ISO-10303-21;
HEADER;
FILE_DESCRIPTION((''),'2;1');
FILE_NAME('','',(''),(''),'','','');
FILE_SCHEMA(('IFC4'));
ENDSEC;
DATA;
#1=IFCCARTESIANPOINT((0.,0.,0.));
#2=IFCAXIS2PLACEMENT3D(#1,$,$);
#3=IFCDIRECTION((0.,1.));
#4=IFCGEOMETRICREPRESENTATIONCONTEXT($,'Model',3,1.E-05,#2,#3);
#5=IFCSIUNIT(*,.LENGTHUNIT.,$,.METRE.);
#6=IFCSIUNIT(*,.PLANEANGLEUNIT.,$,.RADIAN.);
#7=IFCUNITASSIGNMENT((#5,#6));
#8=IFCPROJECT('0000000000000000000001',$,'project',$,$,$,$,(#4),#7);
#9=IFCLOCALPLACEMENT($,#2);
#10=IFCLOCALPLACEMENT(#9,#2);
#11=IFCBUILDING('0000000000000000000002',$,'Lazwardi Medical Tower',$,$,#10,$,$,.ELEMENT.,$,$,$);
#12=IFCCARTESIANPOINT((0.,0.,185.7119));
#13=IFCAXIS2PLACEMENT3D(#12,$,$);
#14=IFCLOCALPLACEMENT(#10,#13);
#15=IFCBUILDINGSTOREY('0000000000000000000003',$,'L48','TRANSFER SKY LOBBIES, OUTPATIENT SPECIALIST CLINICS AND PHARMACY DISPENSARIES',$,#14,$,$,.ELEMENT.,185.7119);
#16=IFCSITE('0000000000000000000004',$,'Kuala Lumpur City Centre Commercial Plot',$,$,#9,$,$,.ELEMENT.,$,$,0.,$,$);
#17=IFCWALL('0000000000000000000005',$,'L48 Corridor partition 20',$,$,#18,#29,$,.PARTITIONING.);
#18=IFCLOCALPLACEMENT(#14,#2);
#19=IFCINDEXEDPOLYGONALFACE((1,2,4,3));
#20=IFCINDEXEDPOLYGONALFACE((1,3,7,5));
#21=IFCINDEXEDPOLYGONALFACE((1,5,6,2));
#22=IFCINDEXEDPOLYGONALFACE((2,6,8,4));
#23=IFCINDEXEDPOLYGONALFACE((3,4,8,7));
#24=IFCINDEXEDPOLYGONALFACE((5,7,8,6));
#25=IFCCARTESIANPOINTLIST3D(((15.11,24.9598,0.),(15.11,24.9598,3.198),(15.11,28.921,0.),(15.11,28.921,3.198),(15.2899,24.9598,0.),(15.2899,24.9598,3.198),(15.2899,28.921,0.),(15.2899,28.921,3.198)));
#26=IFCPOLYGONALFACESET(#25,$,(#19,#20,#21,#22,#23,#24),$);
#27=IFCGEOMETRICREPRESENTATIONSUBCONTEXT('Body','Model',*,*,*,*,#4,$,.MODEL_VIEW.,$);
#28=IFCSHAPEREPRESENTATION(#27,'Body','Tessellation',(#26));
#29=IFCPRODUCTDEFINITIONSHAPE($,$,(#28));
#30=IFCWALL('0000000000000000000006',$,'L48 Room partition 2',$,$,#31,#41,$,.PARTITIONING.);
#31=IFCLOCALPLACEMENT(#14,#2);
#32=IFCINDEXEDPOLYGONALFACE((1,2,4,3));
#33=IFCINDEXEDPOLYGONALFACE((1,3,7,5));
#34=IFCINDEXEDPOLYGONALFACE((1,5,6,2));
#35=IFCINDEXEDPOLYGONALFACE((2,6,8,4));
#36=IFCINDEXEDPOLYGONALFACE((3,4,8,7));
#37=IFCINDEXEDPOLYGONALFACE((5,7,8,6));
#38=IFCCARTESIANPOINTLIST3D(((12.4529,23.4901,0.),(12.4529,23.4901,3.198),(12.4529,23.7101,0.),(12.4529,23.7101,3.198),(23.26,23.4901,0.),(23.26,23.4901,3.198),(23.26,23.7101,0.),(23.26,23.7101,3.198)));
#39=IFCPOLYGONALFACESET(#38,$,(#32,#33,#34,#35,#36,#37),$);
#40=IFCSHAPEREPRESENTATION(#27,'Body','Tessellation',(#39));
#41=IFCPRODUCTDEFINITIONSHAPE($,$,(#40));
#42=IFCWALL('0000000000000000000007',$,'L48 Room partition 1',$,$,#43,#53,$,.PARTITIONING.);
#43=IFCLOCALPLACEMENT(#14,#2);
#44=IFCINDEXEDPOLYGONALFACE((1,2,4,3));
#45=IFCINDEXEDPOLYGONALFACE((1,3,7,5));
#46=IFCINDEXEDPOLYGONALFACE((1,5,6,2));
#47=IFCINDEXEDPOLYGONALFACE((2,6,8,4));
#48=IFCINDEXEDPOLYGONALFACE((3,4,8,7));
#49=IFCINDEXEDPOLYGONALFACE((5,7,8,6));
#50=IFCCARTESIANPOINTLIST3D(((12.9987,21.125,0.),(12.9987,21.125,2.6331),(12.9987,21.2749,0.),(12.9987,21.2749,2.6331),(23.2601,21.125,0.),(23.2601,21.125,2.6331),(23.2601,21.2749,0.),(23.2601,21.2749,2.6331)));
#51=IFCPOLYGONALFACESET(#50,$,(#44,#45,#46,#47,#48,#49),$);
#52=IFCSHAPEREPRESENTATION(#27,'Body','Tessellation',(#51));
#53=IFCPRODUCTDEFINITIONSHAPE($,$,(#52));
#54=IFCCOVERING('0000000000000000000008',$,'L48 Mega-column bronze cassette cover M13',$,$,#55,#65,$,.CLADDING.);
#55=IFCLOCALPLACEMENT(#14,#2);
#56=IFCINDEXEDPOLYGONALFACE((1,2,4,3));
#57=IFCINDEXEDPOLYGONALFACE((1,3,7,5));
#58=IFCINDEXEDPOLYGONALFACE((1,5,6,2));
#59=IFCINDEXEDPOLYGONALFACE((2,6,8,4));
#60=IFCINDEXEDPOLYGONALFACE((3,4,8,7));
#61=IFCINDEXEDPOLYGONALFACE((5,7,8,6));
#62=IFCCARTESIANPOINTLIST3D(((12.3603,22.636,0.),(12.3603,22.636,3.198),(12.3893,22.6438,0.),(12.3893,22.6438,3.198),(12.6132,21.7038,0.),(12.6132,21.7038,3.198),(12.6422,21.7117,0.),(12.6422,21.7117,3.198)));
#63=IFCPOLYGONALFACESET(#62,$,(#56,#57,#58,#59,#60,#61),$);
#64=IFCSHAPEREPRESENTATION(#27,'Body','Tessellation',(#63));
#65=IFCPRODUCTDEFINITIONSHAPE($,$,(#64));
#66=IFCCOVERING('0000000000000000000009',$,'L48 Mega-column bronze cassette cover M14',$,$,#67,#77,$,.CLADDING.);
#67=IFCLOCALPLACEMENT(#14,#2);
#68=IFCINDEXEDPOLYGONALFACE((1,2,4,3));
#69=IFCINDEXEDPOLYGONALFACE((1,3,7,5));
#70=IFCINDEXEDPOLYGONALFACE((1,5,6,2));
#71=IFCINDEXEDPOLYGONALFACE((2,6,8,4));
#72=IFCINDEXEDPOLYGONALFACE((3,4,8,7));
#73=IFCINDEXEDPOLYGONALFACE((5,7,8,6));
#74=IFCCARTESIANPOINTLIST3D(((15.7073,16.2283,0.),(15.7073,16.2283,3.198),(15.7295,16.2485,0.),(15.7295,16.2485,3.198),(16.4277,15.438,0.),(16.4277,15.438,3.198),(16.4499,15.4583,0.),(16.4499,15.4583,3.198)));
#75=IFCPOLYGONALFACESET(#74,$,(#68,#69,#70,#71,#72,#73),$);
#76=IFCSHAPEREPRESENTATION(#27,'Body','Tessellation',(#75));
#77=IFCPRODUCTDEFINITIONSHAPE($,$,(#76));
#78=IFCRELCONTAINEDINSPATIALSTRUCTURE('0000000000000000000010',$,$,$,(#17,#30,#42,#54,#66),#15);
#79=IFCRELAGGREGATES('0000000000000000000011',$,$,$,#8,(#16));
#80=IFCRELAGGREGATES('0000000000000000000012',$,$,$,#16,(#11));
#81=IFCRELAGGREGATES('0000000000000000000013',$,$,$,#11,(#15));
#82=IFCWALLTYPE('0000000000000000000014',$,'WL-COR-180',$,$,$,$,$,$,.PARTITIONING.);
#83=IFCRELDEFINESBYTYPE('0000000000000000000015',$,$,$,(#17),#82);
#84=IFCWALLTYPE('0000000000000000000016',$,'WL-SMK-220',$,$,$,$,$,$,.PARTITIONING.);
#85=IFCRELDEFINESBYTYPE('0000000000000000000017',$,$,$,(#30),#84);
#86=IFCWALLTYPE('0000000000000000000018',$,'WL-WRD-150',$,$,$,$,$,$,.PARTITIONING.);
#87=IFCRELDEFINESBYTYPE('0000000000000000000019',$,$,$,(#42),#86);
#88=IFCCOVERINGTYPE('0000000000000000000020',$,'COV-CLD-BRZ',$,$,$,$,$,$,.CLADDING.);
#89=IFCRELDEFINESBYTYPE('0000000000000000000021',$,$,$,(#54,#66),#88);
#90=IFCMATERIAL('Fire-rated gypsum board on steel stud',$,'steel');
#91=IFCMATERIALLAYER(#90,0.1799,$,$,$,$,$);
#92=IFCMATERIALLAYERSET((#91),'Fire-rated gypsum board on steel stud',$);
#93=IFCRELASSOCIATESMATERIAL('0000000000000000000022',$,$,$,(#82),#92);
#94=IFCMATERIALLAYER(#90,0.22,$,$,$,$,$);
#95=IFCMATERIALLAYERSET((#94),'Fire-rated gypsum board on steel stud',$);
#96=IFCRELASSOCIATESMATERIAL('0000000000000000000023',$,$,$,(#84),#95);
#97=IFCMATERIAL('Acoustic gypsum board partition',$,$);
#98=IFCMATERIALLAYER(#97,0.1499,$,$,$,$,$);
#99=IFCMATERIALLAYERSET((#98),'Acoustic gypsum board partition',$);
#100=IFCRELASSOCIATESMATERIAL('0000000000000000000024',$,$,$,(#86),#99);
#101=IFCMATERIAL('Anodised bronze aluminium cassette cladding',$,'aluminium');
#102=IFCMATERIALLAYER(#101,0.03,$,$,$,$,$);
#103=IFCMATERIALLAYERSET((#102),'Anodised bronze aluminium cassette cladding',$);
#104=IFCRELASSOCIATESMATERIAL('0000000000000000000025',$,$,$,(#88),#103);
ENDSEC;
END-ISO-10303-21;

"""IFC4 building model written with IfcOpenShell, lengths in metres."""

from ifc_helpers import new_model, si_unit, direction, frame, frame_2d, origin, origin_2d, place, context, subcontext, project, spatial, rectangle, extrude, material, layer, layer_set, type_object, element, save


model = new_model("IFC4")

# Units and contexts
model_context = context("Model", 3, precision=1e-05, world=origin(), true_north=direction((0.0, 1.0)))
body_context = subcontext(model_context, "Body", "Model", "MODEL_VIEW")
ifc_project = project(units=[si_unit("LENGTHUNIT", "METRE"), si_unit("PLANEANGLEUNIT", "RADIAN")], contexts=[model_context])

# Site, building, storey
site_placement = place(None, origin())
site = spatial("IfcSite", under=ifc_project, at=site_placement, Name="Kuala Lumpur City Centre Commercial Plot", CompositionType="ELEMENT", RefElevation=0.0)
building_placement = place(site_placement, origin())
building = spatial("IfcBuilding", under=site, at=building_placement, Name="Lazwardi Medical Tower", CompositionType="ELEMENT")
storey_placement = place(building_placement, frame((0.0, 0.0, 185.7119)))
storey = spatial("IfcBuildingStorey", under=building, at=storey_placement, Name="L48", Description="TRANSFER SKY LOBBIES, OUTPATIENT SPECIALIST CLINICS AND PHARMACY DISPENSARIES", CompositionType="ELEMENT", Elevation=185.7119)

# Walls
ifc_material_1 = material(Name="Fire-rated gypsum board on steel stud", Category="steel")
ifc_layer_1 = layer(ifc_material_1, 0.1799)
ifc_layer_set_1 = layer_set([ifc_layer_1], Name="Fire-rated gypsum board on steel stud")
wall_type_1 = type_object("IfcWallType", Name="WL-COR-180", PredefinedType="PARTITIONING", material=ifc_layer_set_1)
wall_1_placement = place(storey_placement, frame((15.2, 24.96, 0.0), z_axis=(0.0, 0.0, 1.0), x_axis=(0.0, 1.0, 0.0)))
element("IfcWall", 1, at=wall_1_placement, inside=storey, type_object=wall_type_1, Name="L48 Corridor partition 20", PredefinedType="PARTITIONING", context=body_context, shape_type="SweptSolid", body=[
    extrude(rectangle(XDim=3.9612, YDim=0.1799, at=frame_2d((1.9805, 0.0))), origin(), (0.0, 0.0, 1.0), 3.198),
])
ifc_layer_2 = layer(ifc_material_1, 0.22)
ifc_layer_set_2 = layer_set([ifc_layer_2], Name="Fire-rated gypsum board on steel stud")
wall_type_2 = type_object("IfcWallType", Name="WL-SMK-220", PredefinedType="PARTITIONING", material=ifc_layer_set_2)
wall_2_placement = place(storey_placement, frame((12.4529, 23.6001, 0.0), z_axis=(0.0, 0.0, 1.0), x_axis=(1.0, 0.0, 0.0)))
element("IfcWall", 2, at=wall_2_placement, inside=storey, type_object=wall_type_2, Name="L48 Room partition 2", PredefinedType="PARTITIONING", context=body_context, shape_type="SweptSolid", body=[
    extrude(rectangle(XDim=10.8071, YDim=0.22, at=frame_2d((5.4036, 0.0))), origin(), (0.0, 0.0, 1.0), 3.198),
])
ifc_material_2 = material(Name="Acoustic gypsum board partition")
ifc_layer_3 = layer(ifc_material_2, 0.1499)
ifc_layer_set_3 = layer_set([ifc_layer_3], Name="Acoustic gypsum board partition")
wall_type_3 = type_object("IfcWallType", Name="WL-WRD-150", PredefinedType="PARTITIONING", material=ifc_layer_set_3)
wall_3_placement = place(storey_placement, frame((12.9985, 21.2, 0.0), z_axis=(0.0, 0.0, 1.0), x_axis=(1.0, 0.0, 0.0)))
element("IfcWall", 3, at=wall_3_placement, inside=storey, type_object=wall_type_3, Name="L48 Room partition 1", PredefinedType="PARTITIONING", context=body_context, shape_type="SweptSolid", body=[
    extrude(rectangle(XDim=10.2615, YDim=0.1499, at=frame_2d((5.1309, 0.0))), origin(), (0.0, 0.0, 1.0), 2.6331),
])

# Coverings
ifc_material_3 = material(Name="Anodised bronze aluminium cassette cladding", Category="aluminium")
ifc_layer_4 = layer(ifc_material_3, 0.03)
ifc_layer_set_4 = layer_set([ifc_layer_4], Name="Anodised bronze aluminium cassette cladding")
covering_type = type_object("IfcCoveringType", Name="COV-CLD-BRZ", PredefinedType="CLADDING", material=ifc_layer_set_4)
covering_1_placement = place(storey_placement, frame((12.5012, 22.1738, 0.0), z_axis=(0.0, 0.0, 1.0), x_axis=(0.261829, -0.965114, 0.0)))
element("IfcCovering", 4, at=covering_1_placement, inside=storey, type_object=covering_type, Name="L48 Mega-column bronze cassette cover M13", PredefinedType="CLADDING", context=body_context, shape_type="SweptSolid", body=[
    extrude(rectangle(XDim=0.9658, YDim=0.03, at=origin_2d()), origin(), (0.0, 0.0, 1.0), 3.198),
])
covering_2_placement = place(storey_placement, frame((16.0786, 15.8433, 0.0), z_axis=(0.0, 0.0, 1.0), x_axis=(0.673714, -0.738992, 0.0)))
element("IfcCovering", 5, at=covering_2_placement, inside=storey, type_object=covering_type, Name="L48 Mega-column bronze cassette cover M14", PredefinedType="CLADDING", context=body_context, shape_type="SweptSolid", body=[
    extrude(rectangle(XDim=1.0693, YDim=0.03, at=origin_2d()), origin(), (0.0, 0.0, 1.0), 3.198),
])

save(model, "model.ifc")
